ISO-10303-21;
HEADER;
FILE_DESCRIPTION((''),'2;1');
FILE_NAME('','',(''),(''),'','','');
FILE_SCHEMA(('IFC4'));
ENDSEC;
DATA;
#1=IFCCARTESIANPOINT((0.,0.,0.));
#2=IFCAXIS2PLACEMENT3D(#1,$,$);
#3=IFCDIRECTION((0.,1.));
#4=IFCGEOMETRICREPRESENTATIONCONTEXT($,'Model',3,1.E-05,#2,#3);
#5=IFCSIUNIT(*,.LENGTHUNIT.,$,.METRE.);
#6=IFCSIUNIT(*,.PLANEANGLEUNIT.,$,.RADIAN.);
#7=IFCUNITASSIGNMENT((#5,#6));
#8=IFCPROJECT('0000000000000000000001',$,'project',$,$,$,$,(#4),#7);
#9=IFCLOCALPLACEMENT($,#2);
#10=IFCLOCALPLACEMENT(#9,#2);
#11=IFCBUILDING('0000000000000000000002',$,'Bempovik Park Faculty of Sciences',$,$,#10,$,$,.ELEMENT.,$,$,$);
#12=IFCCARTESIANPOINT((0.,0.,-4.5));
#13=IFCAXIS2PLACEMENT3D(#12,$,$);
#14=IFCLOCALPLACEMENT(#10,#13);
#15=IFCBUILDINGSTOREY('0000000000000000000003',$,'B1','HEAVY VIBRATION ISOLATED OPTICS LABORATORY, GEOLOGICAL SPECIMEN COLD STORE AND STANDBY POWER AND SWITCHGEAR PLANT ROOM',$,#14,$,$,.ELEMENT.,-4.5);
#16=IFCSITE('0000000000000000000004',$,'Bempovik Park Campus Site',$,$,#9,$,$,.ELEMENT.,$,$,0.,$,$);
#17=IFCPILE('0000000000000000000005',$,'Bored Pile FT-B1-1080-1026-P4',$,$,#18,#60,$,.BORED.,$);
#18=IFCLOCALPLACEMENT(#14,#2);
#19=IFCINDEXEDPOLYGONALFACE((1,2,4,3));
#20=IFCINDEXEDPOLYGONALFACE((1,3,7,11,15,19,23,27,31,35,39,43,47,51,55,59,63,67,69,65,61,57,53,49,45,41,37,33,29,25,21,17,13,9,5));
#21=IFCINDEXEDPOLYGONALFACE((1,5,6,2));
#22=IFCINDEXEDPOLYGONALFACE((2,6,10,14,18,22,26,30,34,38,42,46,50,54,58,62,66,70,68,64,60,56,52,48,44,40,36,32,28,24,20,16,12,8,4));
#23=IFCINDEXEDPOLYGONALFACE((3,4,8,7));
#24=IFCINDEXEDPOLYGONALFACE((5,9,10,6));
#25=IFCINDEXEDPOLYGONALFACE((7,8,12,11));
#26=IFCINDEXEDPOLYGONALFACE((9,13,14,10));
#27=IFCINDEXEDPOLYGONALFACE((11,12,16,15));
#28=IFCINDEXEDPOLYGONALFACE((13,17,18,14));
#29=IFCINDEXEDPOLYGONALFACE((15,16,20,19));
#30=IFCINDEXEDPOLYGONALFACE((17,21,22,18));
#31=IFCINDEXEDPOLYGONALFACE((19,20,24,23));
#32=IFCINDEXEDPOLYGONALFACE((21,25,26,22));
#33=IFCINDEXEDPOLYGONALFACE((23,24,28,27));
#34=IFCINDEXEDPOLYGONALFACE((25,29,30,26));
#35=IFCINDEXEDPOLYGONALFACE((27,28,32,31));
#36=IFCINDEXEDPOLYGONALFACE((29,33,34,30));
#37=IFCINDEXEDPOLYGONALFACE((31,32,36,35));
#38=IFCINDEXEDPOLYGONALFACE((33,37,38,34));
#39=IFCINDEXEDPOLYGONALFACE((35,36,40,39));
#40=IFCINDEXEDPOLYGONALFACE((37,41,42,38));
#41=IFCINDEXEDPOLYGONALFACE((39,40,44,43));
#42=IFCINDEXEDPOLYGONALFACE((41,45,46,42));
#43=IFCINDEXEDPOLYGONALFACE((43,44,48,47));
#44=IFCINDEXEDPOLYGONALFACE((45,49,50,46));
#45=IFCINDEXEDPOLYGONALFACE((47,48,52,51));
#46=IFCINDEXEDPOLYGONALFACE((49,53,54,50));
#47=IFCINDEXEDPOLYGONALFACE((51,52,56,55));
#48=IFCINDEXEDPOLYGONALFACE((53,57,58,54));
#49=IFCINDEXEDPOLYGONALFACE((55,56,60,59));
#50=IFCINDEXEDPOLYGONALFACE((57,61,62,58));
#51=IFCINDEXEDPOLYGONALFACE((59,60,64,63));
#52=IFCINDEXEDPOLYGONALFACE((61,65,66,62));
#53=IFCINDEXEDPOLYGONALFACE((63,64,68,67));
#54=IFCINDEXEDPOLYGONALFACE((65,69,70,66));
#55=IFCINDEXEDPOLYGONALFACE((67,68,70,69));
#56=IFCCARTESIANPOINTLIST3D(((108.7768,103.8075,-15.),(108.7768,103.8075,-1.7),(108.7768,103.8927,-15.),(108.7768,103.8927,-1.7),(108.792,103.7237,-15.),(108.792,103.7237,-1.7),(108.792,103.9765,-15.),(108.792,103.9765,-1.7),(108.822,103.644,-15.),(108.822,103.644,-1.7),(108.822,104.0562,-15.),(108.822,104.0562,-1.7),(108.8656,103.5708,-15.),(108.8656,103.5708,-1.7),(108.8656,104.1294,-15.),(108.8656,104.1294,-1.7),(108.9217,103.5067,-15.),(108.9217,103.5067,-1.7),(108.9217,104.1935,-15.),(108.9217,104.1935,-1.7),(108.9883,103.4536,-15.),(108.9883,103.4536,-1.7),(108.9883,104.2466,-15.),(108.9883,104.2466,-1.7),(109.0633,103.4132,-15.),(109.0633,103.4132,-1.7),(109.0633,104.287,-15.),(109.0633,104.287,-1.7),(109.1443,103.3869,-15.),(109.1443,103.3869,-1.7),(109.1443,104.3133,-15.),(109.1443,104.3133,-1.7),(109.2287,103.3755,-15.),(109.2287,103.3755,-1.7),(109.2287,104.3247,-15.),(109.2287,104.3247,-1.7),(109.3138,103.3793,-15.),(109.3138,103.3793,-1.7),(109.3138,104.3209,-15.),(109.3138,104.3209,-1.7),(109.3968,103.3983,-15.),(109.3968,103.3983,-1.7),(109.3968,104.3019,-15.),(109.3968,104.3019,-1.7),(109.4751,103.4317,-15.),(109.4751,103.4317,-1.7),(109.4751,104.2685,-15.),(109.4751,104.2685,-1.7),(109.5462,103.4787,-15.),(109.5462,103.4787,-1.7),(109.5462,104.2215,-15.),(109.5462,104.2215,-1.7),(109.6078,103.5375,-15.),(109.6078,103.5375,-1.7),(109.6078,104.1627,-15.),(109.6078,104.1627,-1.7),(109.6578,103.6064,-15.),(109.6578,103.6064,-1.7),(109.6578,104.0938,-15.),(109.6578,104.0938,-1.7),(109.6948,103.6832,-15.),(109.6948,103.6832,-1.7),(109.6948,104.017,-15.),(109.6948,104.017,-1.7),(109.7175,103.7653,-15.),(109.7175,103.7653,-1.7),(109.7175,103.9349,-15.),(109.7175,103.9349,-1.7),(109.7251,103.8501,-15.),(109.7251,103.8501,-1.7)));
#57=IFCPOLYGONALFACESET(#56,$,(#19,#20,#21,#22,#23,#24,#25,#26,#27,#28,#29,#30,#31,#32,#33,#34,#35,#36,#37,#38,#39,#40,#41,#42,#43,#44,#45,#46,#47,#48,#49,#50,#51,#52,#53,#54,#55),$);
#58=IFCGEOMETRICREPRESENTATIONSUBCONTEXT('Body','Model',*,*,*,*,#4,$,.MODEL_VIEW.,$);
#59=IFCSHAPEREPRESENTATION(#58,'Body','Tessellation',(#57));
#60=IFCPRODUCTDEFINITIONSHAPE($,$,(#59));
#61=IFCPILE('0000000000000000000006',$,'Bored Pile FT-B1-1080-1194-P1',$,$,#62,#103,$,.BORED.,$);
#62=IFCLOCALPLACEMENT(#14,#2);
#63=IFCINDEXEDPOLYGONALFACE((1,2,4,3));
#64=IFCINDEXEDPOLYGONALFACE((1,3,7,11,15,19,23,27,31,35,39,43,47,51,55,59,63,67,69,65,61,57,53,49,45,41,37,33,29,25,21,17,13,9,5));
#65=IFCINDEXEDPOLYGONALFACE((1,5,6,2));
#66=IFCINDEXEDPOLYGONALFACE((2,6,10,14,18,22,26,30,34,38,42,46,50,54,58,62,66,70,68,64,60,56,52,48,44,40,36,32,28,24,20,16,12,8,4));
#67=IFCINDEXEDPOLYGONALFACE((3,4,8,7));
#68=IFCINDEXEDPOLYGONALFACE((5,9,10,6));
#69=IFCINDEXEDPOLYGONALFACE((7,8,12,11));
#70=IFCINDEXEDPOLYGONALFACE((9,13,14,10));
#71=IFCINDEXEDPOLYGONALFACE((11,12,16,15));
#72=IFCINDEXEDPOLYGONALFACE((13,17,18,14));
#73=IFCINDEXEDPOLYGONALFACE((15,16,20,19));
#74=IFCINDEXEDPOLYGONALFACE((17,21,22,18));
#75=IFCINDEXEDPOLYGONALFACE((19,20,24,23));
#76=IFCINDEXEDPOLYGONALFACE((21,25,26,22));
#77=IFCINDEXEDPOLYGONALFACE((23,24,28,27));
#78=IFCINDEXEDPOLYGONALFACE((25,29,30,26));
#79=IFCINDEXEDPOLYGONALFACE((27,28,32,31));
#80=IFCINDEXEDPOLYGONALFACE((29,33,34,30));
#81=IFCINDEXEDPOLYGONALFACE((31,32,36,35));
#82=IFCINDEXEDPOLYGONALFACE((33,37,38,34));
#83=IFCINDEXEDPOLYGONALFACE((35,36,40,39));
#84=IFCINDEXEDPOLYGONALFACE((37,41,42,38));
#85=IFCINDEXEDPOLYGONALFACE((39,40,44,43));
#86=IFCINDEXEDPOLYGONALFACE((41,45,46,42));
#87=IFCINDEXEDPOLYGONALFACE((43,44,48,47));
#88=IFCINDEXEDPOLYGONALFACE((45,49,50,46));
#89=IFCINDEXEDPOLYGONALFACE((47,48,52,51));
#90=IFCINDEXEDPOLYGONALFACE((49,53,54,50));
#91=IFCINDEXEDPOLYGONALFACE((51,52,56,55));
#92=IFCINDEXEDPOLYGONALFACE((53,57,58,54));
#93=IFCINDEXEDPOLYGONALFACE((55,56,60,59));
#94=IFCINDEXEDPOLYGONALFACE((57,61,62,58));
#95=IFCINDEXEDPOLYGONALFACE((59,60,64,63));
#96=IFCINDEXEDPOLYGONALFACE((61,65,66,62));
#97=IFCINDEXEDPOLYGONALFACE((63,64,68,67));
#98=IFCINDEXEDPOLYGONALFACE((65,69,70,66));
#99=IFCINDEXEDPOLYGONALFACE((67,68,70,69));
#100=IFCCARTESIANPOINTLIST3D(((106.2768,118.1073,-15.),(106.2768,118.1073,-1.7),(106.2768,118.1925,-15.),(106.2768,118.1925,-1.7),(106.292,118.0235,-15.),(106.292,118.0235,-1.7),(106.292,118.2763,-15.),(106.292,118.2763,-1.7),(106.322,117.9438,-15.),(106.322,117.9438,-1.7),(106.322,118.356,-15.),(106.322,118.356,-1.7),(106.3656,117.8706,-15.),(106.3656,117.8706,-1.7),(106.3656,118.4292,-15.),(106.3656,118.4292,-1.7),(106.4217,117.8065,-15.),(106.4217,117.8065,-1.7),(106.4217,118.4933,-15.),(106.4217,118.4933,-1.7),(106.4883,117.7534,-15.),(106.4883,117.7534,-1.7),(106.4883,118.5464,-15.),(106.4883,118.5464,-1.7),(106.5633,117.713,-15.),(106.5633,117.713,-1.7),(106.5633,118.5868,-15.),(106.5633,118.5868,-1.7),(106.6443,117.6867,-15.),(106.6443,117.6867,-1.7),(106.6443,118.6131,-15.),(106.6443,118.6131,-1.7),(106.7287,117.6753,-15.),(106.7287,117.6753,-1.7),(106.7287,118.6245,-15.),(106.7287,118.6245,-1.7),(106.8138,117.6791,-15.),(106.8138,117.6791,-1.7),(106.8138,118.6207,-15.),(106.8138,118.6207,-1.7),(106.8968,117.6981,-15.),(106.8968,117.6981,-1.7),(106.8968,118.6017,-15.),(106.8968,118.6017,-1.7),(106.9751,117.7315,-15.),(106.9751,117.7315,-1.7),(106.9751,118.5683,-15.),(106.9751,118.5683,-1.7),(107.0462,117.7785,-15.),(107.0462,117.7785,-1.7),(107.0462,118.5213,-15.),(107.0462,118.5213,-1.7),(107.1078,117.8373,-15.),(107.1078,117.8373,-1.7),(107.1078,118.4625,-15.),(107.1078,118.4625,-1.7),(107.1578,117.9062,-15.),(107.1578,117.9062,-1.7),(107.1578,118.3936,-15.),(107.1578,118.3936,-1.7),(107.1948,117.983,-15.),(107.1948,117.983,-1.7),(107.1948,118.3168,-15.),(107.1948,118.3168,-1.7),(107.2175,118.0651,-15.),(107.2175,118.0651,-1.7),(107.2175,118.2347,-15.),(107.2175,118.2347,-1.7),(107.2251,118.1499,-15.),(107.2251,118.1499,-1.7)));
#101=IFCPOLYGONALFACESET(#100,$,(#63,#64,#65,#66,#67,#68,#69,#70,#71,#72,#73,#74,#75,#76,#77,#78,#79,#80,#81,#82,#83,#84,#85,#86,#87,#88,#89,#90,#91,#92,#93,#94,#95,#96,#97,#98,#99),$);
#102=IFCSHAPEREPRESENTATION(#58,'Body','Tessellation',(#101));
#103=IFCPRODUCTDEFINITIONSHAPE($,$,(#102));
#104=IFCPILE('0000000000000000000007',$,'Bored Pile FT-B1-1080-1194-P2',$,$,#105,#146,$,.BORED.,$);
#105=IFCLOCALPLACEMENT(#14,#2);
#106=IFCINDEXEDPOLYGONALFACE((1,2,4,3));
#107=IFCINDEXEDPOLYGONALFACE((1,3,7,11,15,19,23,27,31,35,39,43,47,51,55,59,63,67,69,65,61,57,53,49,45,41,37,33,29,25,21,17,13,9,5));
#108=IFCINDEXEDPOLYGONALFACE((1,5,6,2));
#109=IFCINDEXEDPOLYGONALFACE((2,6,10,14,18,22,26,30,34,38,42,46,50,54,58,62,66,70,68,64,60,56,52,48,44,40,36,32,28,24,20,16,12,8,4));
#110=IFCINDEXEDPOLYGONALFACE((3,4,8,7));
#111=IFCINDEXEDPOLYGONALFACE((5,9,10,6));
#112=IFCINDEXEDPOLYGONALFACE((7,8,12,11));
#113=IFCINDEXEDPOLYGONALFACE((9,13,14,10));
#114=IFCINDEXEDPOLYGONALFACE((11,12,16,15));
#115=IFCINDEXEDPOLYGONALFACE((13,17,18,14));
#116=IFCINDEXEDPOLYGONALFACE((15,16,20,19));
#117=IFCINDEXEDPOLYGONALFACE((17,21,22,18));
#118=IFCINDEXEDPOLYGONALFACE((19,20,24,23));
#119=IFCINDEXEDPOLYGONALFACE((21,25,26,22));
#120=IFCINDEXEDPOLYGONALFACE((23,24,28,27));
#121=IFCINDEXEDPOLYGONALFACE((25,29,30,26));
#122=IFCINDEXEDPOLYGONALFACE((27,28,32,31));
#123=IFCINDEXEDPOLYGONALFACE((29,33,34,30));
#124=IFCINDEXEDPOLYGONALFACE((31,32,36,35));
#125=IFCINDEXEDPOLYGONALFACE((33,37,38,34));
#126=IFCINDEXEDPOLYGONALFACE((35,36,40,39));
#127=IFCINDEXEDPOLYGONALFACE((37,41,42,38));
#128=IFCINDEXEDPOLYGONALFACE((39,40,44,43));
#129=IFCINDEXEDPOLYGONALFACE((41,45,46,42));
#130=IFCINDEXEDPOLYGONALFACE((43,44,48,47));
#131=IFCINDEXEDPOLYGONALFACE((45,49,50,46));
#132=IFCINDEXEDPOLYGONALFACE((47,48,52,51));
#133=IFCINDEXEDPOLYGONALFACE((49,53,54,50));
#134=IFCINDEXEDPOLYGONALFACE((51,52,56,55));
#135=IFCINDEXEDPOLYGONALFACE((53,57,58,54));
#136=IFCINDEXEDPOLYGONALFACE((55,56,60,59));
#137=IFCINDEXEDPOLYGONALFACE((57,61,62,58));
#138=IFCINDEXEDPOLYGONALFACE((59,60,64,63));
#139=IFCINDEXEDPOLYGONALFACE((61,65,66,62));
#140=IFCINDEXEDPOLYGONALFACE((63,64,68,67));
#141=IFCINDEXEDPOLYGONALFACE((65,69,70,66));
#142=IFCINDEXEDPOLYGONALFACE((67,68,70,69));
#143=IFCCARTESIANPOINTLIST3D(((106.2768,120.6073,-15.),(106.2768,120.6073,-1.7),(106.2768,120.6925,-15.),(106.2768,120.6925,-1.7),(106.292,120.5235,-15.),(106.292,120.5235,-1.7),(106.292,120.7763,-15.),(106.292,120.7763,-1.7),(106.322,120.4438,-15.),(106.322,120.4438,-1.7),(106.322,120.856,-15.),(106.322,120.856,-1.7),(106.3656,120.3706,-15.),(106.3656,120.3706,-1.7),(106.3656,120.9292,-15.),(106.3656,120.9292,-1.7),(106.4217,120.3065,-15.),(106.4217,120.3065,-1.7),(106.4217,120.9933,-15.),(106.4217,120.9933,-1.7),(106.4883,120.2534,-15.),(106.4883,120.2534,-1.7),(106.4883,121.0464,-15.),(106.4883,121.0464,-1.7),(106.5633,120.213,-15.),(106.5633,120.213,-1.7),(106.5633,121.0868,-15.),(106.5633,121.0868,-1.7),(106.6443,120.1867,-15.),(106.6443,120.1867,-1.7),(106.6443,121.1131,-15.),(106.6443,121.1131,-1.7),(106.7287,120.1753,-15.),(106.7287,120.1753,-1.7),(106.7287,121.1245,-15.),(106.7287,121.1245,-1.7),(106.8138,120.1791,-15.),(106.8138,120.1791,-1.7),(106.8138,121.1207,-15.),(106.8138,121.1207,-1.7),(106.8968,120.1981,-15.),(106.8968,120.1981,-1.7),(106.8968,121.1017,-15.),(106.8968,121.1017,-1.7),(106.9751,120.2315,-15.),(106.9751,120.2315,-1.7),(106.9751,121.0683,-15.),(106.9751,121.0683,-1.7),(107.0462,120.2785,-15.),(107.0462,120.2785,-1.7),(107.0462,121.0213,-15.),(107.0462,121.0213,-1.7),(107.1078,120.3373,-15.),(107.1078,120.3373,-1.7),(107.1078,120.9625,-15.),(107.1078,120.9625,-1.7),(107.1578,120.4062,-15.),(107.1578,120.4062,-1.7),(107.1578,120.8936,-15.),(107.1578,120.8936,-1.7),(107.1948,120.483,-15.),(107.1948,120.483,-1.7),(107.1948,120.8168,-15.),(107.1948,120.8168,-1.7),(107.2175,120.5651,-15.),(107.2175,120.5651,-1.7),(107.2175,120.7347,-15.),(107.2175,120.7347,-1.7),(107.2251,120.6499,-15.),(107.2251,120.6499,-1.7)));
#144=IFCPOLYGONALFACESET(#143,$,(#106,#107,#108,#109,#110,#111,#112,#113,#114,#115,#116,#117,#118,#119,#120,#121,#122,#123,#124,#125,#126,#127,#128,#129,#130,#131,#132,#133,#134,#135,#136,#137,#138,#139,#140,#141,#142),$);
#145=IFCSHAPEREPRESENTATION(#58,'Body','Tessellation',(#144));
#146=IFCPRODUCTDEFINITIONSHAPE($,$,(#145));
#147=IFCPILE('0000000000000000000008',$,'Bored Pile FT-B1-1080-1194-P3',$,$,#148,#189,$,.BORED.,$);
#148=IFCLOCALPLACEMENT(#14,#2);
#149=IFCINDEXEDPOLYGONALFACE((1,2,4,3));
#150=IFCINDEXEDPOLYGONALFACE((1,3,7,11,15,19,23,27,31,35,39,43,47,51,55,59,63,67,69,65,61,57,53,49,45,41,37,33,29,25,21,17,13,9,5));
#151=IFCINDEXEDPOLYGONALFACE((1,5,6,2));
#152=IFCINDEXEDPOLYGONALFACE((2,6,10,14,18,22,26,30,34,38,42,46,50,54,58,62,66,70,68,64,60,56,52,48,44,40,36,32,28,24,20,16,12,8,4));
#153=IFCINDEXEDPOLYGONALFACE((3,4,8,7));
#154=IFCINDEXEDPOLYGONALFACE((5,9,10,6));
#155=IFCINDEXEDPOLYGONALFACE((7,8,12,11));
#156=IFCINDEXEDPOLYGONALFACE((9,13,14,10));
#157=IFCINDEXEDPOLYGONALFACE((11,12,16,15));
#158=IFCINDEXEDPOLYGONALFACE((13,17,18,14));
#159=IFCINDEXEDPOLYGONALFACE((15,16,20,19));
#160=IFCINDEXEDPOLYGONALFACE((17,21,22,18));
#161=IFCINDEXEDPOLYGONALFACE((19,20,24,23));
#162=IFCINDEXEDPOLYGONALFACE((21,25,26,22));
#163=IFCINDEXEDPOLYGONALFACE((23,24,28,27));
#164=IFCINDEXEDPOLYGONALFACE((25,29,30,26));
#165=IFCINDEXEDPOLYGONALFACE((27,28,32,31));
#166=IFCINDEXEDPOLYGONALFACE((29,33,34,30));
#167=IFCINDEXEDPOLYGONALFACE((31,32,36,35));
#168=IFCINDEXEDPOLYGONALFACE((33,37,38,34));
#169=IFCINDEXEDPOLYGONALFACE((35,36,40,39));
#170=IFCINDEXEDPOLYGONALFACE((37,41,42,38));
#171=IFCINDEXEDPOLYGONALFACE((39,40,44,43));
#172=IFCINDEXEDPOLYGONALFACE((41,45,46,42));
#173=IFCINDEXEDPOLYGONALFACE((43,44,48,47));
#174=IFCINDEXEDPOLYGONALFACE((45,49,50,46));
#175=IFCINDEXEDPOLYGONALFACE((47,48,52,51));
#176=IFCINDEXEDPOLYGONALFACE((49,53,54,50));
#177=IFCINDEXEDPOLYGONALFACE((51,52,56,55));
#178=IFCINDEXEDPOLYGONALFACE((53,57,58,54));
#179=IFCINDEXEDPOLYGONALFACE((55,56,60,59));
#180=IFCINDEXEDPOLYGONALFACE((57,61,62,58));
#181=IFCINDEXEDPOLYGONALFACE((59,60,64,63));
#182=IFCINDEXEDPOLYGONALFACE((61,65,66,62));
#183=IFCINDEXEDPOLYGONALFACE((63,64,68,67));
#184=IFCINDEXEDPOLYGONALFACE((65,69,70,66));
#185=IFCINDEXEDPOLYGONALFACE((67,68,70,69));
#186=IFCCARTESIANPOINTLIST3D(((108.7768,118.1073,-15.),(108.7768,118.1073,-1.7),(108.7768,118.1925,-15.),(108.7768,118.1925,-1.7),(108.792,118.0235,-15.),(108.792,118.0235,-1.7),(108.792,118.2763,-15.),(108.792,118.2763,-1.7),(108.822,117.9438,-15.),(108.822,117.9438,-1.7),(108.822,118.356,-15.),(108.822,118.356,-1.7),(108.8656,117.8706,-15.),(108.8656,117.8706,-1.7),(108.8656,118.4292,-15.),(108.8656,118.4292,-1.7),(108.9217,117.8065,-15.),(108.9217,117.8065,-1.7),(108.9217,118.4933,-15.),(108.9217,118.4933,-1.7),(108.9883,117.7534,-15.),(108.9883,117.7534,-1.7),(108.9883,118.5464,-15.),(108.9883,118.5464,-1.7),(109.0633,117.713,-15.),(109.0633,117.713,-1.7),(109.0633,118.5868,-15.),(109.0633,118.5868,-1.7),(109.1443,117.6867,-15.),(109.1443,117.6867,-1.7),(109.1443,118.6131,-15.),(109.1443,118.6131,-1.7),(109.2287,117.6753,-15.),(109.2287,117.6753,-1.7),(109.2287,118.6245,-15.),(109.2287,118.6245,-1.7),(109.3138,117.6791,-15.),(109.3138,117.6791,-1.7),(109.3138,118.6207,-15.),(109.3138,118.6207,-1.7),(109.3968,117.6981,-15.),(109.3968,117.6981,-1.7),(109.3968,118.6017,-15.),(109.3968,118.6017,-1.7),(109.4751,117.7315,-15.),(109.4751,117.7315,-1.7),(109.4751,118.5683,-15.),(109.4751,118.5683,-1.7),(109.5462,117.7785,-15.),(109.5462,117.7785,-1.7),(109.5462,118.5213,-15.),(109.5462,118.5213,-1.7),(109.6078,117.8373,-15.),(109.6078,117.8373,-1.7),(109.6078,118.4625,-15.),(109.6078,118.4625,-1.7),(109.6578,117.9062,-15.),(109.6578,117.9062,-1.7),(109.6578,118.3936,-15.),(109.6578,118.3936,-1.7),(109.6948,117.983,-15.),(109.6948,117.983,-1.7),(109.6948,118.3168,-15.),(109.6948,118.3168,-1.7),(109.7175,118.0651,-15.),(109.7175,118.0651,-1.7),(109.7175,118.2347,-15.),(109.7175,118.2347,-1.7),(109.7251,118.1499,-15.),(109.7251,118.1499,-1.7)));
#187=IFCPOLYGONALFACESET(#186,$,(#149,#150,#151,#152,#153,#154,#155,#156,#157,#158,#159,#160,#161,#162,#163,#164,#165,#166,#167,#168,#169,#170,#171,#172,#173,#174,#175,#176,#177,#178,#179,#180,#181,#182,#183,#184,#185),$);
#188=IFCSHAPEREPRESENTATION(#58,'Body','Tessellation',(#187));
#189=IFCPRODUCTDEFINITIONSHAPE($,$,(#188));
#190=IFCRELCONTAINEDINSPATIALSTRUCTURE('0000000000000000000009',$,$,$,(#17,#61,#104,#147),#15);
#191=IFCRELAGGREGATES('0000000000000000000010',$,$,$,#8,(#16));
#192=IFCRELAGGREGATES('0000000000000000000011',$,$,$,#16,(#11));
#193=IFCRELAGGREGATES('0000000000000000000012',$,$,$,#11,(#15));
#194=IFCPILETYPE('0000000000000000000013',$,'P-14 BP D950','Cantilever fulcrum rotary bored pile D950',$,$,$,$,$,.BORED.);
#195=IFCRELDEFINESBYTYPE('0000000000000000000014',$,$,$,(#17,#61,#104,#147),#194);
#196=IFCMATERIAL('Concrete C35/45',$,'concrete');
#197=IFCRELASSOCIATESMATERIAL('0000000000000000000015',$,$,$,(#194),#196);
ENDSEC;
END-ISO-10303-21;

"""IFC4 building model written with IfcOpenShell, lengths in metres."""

from ifc_helpers import new_model, si_unit, direction, frame, origin, origin_2d, place, context, subcontext, project, spatial, circle, extrude, material, material_profile, profile_set, type_object, element, save


model = new_model("IFC4")

# Units and contexts
model_context = context("Model", 3, precision=1e-05, world=origin(), true_north=direction((0.0, 1.0)))
body_context = subcontext(model_context, "Body", "Model", "MODEL_VIEW")
ifc_project = project(units=[si_unit("LENGTHUNIT", "METRE"), si_unit("PLANEANGLEUNIT", "RADIAN")], contexts=[model_context])

# Site, building, storey
site_placement = place(None, origin())
site = spatial("IfcSite", under=ifc_project, at=site_placement, Name="Bempovik Park Campus Site", CompositionType="ELEMENT", RefElevation=0.0)
building_placement = place(site_placement, origin())
building = spatial("IfcBuilding", under=site, at=building_placement, Name="Bempovik Park Faculty of Sciences", CompositionType="ELEMENT")
storey_placement = place(building_placement, frame((0.0, 0.0, -4.5)))
storey = spatial("IfcBuildingStorey", under=building, at=storey_placement, Name="B1", Description="HEAVY VIBRATION ISOLATED OPTICS LABORATORY, GEOLOGICAL SPECIMEN COLD STORE AND STANDBY POWER AND SWITCHGEAR PLANT ROOM", CompositionType="ELEMENT", Elevation=-4.5)

# Shared definitions
ifc_material_1 = material(Name="Concrete C35/45", Category="concrete")

# Piles
ifc_material_profile_1 = material_profile(ifc_material_1, circle(Radius=0.4751, at=origin_2d()), Name="BP D950")
ifc_profile_set_1 = profile_set([ifc_material_profile_1], Name="Concrete C35/45")
pile_type_1 = type_object("IfcPileType", Name="P-14 BP D950", Description="Cantilever fulcrum rotary bored pile D950", PredefinedType="BORED", material=ifc_profile_set_1)
for number, where, z_axis, x_axis, name in (
    (1, (109.25, 103.8501, -1.7), (0.0, 0.0, -1.0), (1.0, 0.0, 0.0), "Bored Pile FT-B1-1080-1026-P4"),
    (2, (106.75, 118.1499, -1.7), (0.0, 0.0, -1.0), (1.0, 0.0, 0.0), "Bored Pile FT-B1-1080-1194-P1"),
    (3, (106.75, 120.6499, -1.7), (0.0, 0.0, -1.0), (1.0, 0.0, 0.0), "Bored Pile FT-B1-1080-1194-P2"),
    (4, (109.25, 118.1499, -1.7), (0.0, 0.0, -1.0), (1.0, 0.0, 0.0), "Bored Pile FT-B1-1080-1194-P3"),
):
    element("IfcPile", number, at=place(storey_placement, frame(where, z_axis=z_axis, x_axis=x_axis)), inside=storey, type_object=pile_type_1, Name=name, PredefinedType="BORED", context=body_context, shape_type="SweptSolid", body=[
        extrude(circle(Radius=0.4751, at=origin_2d()), origin(), (0.0, 0.0, 1.0), 13.3),
    ])

save(model, "model.ifc")
